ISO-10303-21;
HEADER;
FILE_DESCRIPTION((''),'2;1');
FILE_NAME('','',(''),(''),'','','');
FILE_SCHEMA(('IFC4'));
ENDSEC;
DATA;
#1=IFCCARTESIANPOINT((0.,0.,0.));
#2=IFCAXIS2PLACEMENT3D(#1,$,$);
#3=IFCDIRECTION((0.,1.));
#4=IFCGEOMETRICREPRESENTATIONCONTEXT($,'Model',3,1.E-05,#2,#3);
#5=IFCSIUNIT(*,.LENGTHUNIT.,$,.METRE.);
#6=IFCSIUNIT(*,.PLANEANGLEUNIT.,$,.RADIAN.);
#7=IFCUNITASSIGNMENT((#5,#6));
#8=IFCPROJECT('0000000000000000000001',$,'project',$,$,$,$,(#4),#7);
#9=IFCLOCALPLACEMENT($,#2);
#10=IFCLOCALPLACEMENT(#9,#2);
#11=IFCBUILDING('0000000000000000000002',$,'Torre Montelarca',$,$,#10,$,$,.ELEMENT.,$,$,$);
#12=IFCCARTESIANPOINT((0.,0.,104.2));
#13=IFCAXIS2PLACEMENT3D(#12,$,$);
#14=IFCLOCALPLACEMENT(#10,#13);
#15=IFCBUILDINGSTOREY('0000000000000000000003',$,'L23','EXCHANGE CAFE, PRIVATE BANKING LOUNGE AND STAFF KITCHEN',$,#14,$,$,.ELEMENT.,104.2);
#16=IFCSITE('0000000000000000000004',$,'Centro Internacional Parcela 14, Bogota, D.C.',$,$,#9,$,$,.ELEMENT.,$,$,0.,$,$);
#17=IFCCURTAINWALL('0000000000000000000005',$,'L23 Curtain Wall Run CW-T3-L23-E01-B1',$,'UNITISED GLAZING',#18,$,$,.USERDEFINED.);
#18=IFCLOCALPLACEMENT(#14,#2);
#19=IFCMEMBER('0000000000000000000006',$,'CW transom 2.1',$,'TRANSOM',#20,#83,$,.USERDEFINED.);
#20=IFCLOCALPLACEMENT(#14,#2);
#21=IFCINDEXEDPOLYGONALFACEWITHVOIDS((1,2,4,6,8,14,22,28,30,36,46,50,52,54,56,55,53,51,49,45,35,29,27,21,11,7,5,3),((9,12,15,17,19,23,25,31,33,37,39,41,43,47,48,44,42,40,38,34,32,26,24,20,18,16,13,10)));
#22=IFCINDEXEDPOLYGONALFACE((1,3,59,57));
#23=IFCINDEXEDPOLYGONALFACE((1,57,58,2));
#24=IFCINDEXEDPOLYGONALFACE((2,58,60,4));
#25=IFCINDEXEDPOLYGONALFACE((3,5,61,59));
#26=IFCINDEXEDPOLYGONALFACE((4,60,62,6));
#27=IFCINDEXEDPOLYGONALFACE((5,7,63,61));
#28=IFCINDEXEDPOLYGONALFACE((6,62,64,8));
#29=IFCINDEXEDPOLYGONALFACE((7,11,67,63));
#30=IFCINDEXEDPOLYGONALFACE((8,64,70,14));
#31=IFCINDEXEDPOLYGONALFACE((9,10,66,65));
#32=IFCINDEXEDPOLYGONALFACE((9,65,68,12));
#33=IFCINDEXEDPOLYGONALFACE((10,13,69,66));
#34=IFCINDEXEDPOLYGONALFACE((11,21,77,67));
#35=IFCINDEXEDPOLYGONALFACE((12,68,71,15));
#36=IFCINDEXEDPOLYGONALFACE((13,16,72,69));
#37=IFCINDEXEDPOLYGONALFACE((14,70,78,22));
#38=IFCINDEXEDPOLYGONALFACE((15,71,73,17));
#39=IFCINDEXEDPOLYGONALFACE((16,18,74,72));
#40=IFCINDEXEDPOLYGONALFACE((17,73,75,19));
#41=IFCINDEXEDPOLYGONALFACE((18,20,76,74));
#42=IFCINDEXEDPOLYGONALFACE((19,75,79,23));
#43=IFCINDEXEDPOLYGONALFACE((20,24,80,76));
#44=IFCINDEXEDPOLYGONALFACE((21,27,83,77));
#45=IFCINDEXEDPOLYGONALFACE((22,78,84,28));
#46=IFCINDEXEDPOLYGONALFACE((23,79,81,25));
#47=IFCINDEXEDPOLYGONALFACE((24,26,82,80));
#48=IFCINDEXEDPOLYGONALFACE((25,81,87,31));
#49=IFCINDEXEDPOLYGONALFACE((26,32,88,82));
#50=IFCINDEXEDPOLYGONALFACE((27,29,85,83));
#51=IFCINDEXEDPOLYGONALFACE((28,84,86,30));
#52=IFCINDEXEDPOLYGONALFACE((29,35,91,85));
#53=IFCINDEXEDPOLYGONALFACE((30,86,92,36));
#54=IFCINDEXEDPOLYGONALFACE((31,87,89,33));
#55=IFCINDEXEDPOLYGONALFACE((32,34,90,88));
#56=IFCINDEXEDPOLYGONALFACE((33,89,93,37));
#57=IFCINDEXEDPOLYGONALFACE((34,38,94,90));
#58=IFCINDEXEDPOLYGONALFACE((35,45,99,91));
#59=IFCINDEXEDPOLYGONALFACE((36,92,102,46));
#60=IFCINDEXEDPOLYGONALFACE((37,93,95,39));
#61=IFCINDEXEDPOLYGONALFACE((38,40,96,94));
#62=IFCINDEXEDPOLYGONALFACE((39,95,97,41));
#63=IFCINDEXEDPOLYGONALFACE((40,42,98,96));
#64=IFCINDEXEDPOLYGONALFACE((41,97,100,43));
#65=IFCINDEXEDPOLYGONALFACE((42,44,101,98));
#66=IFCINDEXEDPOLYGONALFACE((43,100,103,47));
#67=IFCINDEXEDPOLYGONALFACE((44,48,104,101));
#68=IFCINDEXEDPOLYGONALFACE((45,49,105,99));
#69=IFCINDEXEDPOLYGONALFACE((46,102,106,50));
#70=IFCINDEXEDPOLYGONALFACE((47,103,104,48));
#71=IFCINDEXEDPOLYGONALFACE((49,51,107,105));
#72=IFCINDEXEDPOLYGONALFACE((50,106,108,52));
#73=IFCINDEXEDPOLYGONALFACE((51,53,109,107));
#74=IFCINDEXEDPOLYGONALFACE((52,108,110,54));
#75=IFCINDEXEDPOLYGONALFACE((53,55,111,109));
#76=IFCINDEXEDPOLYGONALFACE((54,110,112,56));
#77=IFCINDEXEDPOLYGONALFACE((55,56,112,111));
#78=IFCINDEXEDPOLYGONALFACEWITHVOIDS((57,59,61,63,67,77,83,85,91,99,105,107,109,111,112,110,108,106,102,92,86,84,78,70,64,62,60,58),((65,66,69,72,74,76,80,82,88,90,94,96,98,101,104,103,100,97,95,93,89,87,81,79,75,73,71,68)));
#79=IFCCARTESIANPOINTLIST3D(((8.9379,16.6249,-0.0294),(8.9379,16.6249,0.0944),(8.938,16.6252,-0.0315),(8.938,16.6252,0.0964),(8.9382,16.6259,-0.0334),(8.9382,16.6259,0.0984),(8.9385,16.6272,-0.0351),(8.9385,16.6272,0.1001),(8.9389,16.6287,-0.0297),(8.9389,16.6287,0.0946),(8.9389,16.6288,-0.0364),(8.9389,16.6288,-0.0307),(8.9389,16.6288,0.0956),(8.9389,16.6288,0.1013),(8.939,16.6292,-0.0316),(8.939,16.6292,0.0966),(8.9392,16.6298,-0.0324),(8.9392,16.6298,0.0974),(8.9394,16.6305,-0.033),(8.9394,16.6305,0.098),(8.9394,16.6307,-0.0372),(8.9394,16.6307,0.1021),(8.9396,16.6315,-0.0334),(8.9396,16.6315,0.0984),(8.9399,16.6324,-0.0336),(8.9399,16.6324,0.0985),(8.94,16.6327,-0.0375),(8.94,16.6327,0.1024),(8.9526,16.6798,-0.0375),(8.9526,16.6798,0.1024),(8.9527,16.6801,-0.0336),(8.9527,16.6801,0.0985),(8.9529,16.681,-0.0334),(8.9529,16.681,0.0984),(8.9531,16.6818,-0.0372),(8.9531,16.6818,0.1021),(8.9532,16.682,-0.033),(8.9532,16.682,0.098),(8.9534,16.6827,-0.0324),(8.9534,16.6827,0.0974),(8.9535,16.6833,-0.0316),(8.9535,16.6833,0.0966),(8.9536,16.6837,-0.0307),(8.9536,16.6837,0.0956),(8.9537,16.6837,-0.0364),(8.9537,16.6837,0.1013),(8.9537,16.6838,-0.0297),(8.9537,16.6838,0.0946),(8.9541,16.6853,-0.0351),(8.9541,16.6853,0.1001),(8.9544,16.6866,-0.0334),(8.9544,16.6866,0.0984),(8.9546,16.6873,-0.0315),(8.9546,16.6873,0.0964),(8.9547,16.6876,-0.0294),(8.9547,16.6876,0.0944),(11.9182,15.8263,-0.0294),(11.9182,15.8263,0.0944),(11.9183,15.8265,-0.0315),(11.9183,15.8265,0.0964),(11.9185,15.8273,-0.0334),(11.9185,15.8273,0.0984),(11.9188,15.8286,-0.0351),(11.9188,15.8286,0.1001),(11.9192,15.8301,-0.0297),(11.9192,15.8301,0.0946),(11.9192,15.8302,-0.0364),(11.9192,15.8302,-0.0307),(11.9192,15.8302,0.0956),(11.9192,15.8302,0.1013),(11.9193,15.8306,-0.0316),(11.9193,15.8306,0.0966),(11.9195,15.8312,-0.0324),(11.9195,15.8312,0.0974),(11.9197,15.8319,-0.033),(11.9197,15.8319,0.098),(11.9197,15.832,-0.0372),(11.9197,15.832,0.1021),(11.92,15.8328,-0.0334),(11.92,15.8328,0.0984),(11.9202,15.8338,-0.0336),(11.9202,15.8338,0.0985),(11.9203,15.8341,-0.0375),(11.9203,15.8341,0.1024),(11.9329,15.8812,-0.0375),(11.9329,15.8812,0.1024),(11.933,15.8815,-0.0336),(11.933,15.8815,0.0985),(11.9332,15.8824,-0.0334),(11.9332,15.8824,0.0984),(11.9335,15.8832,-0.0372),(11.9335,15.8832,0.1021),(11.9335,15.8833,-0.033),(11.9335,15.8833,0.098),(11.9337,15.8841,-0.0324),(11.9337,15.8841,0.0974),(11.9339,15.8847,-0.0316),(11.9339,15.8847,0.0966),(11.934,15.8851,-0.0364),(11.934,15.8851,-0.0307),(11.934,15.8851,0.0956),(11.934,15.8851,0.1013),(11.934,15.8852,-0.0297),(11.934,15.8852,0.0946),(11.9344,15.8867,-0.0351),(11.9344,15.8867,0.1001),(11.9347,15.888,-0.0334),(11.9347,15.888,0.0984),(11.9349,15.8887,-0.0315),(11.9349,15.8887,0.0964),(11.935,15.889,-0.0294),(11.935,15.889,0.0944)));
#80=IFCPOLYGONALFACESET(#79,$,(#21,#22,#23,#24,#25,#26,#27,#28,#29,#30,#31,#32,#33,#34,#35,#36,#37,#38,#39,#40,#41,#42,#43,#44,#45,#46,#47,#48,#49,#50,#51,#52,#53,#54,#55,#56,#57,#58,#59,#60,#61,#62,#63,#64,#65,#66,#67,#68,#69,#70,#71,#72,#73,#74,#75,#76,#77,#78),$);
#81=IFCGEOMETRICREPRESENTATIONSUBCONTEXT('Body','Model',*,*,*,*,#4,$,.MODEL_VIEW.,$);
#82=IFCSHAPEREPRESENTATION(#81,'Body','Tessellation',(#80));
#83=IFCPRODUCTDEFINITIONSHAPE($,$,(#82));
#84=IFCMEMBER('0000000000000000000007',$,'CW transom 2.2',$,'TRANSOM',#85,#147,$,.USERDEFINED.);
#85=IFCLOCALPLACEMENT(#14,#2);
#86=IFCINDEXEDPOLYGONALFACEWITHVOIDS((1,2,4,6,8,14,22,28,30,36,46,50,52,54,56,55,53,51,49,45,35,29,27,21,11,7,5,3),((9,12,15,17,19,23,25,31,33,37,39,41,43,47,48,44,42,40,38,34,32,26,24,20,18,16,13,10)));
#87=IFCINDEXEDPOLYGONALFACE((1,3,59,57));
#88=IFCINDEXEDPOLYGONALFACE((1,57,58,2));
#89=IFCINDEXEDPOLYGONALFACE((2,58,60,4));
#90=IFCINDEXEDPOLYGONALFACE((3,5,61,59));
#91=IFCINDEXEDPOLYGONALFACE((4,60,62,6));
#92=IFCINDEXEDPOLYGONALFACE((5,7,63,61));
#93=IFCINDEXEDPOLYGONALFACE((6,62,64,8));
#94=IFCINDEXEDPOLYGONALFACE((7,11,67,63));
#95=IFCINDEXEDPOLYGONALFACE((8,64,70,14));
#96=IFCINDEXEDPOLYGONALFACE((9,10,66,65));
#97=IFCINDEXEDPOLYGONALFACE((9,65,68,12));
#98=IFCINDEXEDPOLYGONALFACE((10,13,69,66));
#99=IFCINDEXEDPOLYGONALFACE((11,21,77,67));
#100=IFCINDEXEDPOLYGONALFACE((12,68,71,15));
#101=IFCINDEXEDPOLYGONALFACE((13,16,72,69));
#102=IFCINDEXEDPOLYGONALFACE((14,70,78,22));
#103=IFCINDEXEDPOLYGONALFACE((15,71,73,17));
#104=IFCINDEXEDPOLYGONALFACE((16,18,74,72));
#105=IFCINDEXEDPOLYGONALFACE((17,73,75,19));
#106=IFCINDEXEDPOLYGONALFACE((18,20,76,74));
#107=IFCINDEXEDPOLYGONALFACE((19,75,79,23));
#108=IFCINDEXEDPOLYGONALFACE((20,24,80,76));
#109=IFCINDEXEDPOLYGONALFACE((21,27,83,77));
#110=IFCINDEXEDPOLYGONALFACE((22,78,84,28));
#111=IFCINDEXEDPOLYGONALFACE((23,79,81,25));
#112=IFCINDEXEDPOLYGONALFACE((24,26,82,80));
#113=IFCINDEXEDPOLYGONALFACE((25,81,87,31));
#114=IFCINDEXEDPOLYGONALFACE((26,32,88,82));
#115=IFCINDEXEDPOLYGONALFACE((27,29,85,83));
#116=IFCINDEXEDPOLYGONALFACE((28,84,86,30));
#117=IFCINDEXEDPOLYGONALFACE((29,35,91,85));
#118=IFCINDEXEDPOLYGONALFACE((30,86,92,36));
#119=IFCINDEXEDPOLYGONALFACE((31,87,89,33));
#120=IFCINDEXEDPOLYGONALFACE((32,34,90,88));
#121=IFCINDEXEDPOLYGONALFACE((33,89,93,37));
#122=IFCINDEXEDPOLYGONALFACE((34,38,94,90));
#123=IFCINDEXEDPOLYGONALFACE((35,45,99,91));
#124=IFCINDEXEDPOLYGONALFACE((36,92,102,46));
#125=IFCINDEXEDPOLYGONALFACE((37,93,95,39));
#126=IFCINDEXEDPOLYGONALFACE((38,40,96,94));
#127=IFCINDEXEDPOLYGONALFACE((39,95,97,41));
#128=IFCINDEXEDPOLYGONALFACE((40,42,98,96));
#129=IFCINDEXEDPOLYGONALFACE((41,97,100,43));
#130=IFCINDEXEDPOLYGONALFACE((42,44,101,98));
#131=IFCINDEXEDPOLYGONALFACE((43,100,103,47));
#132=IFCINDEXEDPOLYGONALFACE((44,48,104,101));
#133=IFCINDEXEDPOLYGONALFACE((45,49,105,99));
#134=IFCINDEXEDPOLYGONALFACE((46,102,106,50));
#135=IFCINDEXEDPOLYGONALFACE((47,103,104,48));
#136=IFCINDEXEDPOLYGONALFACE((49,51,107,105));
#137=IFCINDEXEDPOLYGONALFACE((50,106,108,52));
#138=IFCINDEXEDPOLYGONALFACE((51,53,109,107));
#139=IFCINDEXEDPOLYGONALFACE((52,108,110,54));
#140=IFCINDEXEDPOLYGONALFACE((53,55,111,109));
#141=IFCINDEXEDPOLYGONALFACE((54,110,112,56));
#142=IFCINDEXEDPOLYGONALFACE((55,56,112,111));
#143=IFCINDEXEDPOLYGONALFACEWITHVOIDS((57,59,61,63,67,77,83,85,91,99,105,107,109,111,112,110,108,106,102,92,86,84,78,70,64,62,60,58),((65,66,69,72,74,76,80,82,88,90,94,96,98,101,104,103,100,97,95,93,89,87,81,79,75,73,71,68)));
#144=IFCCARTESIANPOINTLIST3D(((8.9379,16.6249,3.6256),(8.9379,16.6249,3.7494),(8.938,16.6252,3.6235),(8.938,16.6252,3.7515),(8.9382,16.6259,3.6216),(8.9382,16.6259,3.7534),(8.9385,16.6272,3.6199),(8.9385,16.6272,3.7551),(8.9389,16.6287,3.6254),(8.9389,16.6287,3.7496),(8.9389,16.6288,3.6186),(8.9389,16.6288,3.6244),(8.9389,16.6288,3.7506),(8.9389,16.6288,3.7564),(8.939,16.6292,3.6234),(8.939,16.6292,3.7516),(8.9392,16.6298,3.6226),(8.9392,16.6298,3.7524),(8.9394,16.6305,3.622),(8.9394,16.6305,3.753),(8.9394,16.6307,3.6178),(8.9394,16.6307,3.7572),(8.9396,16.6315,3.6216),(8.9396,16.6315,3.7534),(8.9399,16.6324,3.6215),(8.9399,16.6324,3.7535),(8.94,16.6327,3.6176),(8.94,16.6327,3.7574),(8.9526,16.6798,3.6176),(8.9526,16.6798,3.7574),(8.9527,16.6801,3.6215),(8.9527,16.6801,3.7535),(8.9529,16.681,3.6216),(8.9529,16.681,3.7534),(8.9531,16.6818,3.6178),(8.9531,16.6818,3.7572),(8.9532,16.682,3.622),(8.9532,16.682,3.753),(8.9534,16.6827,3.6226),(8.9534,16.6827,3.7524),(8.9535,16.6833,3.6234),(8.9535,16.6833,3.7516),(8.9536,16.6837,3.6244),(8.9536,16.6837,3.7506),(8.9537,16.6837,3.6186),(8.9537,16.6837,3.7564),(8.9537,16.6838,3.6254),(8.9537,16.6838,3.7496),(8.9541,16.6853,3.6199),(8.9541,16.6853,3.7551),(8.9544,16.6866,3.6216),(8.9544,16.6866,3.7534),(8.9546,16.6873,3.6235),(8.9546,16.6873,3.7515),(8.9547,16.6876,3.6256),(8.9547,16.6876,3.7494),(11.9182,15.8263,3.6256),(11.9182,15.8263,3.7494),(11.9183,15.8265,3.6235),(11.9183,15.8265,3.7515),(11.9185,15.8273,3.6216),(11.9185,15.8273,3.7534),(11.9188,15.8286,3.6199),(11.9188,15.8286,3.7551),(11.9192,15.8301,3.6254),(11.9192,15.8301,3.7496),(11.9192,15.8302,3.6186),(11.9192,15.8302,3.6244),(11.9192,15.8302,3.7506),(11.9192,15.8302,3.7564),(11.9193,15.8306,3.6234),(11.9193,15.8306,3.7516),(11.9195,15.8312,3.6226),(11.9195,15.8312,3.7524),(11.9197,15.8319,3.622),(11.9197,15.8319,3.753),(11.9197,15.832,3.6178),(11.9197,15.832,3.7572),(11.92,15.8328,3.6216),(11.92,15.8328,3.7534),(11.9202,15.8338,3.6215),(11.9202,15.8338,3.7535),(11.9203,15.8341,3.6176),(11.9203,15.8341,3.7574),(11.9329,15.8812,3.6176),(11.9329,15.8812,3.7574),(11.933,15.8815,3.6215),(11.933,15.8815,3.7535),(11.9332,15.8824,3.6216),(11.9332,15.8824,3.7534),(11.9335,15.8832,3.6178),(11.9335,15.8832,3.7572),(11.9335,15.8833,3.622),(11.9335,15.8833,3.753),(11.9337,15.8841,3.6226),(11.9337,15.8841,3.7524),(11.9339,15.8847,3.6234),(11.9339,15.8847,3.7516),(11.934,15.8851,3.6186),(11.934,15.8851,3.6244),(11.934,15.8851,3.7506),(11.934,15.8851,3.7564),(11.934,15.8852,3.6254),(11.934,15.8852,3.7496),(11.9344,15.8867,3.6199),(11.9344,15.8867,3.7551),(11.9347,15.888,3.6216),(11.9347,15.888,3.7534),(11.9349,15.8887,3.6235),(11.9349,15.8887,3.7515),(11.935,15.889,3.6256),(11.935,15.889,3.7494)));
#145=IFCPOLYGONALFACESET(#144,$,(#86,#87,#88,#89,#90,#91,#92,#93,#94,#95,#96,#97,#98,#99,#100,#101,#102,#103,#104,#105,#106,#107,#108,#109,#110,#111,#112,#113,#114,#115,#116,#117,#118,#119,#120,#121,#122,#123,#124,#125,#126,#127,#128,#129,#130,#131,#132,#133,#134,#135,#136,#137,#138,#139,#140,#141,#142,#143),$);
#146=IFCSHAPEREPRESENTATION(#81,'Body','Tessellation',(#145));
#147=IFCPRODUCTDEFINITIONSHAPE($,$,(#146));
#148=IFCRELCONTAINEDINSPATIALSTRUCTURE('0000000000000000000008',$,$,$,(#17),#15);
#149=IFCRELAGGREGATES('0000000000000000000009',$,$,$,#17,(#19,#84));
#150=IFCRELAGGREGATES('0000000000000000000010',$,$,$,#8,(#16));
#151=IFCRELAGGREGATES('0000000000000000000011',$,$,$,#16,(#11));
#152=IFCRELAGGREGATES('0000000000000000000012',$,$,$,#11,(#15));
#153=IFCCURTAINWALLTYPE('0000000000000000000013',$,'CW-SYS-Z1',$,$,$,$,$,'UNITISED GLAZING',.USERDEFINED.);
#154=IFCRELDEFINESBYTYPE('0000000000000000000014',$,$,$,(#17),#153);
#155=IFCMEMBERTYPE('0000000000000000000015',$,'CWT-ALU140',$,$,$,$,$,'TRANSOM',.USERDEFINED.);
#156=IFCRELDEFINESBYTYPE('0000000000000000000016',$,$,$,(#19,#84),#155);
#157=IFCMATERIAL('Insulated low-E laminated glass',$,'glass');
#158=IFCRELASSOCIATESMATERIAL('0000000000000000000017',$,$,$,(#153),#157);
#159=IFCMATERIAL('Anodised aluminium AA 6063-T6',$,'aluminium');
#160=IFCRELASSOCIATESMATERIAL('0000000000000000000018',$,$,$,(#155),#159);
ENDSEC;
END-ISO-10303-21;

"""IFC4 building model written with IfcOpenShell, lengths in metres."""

from ifc_helpers import new_model, si_unit, direction, frame, origin, origin_2d, place, context, subcontext, project, spatial, hollow_rectangle, extrude, source, transform, mapped, material, material_profile, profile_set, type_object, element, aggregate, save


model = new_model("IFC4")

# Units and contexts
model_context = context("Model", 3, precision=1e-05, world=origin(), true_north=direction((0.0, 1.0)))
body_context = subcontext(model_context, "Body", "Model", "MODEL_VIEW")
ifc_project = project(units=[si_unit("LENGTHUNIT", "METRE"), si_unit("PLANEANGLEUNIT", "RADIAN")], contexts=[model_context])

# Site, building, storey
site_placement = place(None, origin())
site = spatial("IfcSite", under=ifc_project, at=site_placement, Name="Centro Internacional Parcela 14, Bogota, D.C.", CompositionType="ELEMENT", RefElevation=0.0)
building_placement = place(site_placement, origin())
building = spatial("IfcBuilding", under=site, at=building_placement, Name="Torre Montelarca", CompositionType="ELEMENT")
storey_placement = place(building_placement, frame((0.0, 0.0, 104.2)))
storey = spatial("IfcBuildingStorey", under=building, at=storey_placement, Name="L23", Description="EXCHANGE CAFE, PRIVATE BANKING LOUNGE AND STAFF KITCHEN", CompositionType="ELEMENT", Elevation=104.2)

# Curtain wall, members
ifc_material_1 = material(Name="Insulated low-E laminated glass", Category="glass")
curtain_wall_type = type_object("IfcCurtainWallType", Name="CW-SYS-Z1", ElementType="UNITISED GLAZING", PredefinedType="USERDEFINED", material=ifc_material_1)
curtain_wall_1_placement = place(storey_placement, origin())
curtain_wall_1 = element("IfcCurtainWall", 1, at=curtain_wall_1_placement, inside=storey, type_object=curtain_wall_type, Name="L23 Curtain Wall Run CW-T3-L23-E01-B1", ObjectType="UNITISED GLAZING", PredefinedType="USERDEFINED")
ifc_material_2 = material(Name="Anodised aluminium AA 6063-T6", Category="aluminium")
ifc_material_profile_1 = material_profile(ifc_material_2, hollow_rectangle(XDim=0.0649, YDim=0.1399, WallThickness=0.0039, InnerFilletRadius=0.0039, OuterFilletRadius=0.0081, at=origin_2d()), Name="ALU65X140X4", Category="aluminium")
ifc_profile_set_1 = profile_set([ifc_material_profile_1], Name="Anodised aluminium AA 6063-T6")
member_type_1 = type_object("IfcMemberType", Name="CWT-ALU140", ElementType="TRANSOM", PredefinedType="USERDEFINED", material=ifc_profile_set_1)
shared_shape_1 = source(origin(), body_context, "Body", "SweptSolid", [
    extrude(hollow_rectangle(XDim=0.0649, YDim=0.1399, WallThickness=0.0039, InnerFilletRadius=0.0039, OuterFilletRadius=0.0081, at=origin_2d()), origin(), (0.0, 0.0, 1.0), 3.0854),
])
member_1_placement = place(storey_placement, frame((8.9463, 16.6562, 0.0325), z_axis=(0.965923, -0.25883, 0.0), x_axis=(0.25883, 0.965923, 0.0)))
member_1 = element("IfcMember", 2, at=member_1_placement, type_object=member_type_1, Name="CW transom 2.1", ObjectType="TRANSOM", PredefinedType="USERDEFINED", context=body_context, shape_type="MappedRepresentation", body=[
    mapped(shared_shape_1, transform((0.0, 0.0, 0.0), scale=1.0)),
])
member_2_placement = place(storey_placement, frame((8.9463, 16.6562, 3.6875), z_axis=(0.965923, -0.25883, 0.0), x_axis=(0.25883, 0.965923, 0.0)))
member_2 = element("IfcMember", 3, at=member_2_placement, type_object=member_type_1, Name="CW transom 2.2", ObjectType="TRANSOM", PredefinedType="USERDEFINED", context=body_context, shape_type="MappedRepresentation", body=[
    mapped(shared_shape_1, transform((0.0, 0.0, 0.0), scale=1.0)),
])

aggregate(curtain_wall_1, [member_1, member_2])

save(model, "model.ifc")
